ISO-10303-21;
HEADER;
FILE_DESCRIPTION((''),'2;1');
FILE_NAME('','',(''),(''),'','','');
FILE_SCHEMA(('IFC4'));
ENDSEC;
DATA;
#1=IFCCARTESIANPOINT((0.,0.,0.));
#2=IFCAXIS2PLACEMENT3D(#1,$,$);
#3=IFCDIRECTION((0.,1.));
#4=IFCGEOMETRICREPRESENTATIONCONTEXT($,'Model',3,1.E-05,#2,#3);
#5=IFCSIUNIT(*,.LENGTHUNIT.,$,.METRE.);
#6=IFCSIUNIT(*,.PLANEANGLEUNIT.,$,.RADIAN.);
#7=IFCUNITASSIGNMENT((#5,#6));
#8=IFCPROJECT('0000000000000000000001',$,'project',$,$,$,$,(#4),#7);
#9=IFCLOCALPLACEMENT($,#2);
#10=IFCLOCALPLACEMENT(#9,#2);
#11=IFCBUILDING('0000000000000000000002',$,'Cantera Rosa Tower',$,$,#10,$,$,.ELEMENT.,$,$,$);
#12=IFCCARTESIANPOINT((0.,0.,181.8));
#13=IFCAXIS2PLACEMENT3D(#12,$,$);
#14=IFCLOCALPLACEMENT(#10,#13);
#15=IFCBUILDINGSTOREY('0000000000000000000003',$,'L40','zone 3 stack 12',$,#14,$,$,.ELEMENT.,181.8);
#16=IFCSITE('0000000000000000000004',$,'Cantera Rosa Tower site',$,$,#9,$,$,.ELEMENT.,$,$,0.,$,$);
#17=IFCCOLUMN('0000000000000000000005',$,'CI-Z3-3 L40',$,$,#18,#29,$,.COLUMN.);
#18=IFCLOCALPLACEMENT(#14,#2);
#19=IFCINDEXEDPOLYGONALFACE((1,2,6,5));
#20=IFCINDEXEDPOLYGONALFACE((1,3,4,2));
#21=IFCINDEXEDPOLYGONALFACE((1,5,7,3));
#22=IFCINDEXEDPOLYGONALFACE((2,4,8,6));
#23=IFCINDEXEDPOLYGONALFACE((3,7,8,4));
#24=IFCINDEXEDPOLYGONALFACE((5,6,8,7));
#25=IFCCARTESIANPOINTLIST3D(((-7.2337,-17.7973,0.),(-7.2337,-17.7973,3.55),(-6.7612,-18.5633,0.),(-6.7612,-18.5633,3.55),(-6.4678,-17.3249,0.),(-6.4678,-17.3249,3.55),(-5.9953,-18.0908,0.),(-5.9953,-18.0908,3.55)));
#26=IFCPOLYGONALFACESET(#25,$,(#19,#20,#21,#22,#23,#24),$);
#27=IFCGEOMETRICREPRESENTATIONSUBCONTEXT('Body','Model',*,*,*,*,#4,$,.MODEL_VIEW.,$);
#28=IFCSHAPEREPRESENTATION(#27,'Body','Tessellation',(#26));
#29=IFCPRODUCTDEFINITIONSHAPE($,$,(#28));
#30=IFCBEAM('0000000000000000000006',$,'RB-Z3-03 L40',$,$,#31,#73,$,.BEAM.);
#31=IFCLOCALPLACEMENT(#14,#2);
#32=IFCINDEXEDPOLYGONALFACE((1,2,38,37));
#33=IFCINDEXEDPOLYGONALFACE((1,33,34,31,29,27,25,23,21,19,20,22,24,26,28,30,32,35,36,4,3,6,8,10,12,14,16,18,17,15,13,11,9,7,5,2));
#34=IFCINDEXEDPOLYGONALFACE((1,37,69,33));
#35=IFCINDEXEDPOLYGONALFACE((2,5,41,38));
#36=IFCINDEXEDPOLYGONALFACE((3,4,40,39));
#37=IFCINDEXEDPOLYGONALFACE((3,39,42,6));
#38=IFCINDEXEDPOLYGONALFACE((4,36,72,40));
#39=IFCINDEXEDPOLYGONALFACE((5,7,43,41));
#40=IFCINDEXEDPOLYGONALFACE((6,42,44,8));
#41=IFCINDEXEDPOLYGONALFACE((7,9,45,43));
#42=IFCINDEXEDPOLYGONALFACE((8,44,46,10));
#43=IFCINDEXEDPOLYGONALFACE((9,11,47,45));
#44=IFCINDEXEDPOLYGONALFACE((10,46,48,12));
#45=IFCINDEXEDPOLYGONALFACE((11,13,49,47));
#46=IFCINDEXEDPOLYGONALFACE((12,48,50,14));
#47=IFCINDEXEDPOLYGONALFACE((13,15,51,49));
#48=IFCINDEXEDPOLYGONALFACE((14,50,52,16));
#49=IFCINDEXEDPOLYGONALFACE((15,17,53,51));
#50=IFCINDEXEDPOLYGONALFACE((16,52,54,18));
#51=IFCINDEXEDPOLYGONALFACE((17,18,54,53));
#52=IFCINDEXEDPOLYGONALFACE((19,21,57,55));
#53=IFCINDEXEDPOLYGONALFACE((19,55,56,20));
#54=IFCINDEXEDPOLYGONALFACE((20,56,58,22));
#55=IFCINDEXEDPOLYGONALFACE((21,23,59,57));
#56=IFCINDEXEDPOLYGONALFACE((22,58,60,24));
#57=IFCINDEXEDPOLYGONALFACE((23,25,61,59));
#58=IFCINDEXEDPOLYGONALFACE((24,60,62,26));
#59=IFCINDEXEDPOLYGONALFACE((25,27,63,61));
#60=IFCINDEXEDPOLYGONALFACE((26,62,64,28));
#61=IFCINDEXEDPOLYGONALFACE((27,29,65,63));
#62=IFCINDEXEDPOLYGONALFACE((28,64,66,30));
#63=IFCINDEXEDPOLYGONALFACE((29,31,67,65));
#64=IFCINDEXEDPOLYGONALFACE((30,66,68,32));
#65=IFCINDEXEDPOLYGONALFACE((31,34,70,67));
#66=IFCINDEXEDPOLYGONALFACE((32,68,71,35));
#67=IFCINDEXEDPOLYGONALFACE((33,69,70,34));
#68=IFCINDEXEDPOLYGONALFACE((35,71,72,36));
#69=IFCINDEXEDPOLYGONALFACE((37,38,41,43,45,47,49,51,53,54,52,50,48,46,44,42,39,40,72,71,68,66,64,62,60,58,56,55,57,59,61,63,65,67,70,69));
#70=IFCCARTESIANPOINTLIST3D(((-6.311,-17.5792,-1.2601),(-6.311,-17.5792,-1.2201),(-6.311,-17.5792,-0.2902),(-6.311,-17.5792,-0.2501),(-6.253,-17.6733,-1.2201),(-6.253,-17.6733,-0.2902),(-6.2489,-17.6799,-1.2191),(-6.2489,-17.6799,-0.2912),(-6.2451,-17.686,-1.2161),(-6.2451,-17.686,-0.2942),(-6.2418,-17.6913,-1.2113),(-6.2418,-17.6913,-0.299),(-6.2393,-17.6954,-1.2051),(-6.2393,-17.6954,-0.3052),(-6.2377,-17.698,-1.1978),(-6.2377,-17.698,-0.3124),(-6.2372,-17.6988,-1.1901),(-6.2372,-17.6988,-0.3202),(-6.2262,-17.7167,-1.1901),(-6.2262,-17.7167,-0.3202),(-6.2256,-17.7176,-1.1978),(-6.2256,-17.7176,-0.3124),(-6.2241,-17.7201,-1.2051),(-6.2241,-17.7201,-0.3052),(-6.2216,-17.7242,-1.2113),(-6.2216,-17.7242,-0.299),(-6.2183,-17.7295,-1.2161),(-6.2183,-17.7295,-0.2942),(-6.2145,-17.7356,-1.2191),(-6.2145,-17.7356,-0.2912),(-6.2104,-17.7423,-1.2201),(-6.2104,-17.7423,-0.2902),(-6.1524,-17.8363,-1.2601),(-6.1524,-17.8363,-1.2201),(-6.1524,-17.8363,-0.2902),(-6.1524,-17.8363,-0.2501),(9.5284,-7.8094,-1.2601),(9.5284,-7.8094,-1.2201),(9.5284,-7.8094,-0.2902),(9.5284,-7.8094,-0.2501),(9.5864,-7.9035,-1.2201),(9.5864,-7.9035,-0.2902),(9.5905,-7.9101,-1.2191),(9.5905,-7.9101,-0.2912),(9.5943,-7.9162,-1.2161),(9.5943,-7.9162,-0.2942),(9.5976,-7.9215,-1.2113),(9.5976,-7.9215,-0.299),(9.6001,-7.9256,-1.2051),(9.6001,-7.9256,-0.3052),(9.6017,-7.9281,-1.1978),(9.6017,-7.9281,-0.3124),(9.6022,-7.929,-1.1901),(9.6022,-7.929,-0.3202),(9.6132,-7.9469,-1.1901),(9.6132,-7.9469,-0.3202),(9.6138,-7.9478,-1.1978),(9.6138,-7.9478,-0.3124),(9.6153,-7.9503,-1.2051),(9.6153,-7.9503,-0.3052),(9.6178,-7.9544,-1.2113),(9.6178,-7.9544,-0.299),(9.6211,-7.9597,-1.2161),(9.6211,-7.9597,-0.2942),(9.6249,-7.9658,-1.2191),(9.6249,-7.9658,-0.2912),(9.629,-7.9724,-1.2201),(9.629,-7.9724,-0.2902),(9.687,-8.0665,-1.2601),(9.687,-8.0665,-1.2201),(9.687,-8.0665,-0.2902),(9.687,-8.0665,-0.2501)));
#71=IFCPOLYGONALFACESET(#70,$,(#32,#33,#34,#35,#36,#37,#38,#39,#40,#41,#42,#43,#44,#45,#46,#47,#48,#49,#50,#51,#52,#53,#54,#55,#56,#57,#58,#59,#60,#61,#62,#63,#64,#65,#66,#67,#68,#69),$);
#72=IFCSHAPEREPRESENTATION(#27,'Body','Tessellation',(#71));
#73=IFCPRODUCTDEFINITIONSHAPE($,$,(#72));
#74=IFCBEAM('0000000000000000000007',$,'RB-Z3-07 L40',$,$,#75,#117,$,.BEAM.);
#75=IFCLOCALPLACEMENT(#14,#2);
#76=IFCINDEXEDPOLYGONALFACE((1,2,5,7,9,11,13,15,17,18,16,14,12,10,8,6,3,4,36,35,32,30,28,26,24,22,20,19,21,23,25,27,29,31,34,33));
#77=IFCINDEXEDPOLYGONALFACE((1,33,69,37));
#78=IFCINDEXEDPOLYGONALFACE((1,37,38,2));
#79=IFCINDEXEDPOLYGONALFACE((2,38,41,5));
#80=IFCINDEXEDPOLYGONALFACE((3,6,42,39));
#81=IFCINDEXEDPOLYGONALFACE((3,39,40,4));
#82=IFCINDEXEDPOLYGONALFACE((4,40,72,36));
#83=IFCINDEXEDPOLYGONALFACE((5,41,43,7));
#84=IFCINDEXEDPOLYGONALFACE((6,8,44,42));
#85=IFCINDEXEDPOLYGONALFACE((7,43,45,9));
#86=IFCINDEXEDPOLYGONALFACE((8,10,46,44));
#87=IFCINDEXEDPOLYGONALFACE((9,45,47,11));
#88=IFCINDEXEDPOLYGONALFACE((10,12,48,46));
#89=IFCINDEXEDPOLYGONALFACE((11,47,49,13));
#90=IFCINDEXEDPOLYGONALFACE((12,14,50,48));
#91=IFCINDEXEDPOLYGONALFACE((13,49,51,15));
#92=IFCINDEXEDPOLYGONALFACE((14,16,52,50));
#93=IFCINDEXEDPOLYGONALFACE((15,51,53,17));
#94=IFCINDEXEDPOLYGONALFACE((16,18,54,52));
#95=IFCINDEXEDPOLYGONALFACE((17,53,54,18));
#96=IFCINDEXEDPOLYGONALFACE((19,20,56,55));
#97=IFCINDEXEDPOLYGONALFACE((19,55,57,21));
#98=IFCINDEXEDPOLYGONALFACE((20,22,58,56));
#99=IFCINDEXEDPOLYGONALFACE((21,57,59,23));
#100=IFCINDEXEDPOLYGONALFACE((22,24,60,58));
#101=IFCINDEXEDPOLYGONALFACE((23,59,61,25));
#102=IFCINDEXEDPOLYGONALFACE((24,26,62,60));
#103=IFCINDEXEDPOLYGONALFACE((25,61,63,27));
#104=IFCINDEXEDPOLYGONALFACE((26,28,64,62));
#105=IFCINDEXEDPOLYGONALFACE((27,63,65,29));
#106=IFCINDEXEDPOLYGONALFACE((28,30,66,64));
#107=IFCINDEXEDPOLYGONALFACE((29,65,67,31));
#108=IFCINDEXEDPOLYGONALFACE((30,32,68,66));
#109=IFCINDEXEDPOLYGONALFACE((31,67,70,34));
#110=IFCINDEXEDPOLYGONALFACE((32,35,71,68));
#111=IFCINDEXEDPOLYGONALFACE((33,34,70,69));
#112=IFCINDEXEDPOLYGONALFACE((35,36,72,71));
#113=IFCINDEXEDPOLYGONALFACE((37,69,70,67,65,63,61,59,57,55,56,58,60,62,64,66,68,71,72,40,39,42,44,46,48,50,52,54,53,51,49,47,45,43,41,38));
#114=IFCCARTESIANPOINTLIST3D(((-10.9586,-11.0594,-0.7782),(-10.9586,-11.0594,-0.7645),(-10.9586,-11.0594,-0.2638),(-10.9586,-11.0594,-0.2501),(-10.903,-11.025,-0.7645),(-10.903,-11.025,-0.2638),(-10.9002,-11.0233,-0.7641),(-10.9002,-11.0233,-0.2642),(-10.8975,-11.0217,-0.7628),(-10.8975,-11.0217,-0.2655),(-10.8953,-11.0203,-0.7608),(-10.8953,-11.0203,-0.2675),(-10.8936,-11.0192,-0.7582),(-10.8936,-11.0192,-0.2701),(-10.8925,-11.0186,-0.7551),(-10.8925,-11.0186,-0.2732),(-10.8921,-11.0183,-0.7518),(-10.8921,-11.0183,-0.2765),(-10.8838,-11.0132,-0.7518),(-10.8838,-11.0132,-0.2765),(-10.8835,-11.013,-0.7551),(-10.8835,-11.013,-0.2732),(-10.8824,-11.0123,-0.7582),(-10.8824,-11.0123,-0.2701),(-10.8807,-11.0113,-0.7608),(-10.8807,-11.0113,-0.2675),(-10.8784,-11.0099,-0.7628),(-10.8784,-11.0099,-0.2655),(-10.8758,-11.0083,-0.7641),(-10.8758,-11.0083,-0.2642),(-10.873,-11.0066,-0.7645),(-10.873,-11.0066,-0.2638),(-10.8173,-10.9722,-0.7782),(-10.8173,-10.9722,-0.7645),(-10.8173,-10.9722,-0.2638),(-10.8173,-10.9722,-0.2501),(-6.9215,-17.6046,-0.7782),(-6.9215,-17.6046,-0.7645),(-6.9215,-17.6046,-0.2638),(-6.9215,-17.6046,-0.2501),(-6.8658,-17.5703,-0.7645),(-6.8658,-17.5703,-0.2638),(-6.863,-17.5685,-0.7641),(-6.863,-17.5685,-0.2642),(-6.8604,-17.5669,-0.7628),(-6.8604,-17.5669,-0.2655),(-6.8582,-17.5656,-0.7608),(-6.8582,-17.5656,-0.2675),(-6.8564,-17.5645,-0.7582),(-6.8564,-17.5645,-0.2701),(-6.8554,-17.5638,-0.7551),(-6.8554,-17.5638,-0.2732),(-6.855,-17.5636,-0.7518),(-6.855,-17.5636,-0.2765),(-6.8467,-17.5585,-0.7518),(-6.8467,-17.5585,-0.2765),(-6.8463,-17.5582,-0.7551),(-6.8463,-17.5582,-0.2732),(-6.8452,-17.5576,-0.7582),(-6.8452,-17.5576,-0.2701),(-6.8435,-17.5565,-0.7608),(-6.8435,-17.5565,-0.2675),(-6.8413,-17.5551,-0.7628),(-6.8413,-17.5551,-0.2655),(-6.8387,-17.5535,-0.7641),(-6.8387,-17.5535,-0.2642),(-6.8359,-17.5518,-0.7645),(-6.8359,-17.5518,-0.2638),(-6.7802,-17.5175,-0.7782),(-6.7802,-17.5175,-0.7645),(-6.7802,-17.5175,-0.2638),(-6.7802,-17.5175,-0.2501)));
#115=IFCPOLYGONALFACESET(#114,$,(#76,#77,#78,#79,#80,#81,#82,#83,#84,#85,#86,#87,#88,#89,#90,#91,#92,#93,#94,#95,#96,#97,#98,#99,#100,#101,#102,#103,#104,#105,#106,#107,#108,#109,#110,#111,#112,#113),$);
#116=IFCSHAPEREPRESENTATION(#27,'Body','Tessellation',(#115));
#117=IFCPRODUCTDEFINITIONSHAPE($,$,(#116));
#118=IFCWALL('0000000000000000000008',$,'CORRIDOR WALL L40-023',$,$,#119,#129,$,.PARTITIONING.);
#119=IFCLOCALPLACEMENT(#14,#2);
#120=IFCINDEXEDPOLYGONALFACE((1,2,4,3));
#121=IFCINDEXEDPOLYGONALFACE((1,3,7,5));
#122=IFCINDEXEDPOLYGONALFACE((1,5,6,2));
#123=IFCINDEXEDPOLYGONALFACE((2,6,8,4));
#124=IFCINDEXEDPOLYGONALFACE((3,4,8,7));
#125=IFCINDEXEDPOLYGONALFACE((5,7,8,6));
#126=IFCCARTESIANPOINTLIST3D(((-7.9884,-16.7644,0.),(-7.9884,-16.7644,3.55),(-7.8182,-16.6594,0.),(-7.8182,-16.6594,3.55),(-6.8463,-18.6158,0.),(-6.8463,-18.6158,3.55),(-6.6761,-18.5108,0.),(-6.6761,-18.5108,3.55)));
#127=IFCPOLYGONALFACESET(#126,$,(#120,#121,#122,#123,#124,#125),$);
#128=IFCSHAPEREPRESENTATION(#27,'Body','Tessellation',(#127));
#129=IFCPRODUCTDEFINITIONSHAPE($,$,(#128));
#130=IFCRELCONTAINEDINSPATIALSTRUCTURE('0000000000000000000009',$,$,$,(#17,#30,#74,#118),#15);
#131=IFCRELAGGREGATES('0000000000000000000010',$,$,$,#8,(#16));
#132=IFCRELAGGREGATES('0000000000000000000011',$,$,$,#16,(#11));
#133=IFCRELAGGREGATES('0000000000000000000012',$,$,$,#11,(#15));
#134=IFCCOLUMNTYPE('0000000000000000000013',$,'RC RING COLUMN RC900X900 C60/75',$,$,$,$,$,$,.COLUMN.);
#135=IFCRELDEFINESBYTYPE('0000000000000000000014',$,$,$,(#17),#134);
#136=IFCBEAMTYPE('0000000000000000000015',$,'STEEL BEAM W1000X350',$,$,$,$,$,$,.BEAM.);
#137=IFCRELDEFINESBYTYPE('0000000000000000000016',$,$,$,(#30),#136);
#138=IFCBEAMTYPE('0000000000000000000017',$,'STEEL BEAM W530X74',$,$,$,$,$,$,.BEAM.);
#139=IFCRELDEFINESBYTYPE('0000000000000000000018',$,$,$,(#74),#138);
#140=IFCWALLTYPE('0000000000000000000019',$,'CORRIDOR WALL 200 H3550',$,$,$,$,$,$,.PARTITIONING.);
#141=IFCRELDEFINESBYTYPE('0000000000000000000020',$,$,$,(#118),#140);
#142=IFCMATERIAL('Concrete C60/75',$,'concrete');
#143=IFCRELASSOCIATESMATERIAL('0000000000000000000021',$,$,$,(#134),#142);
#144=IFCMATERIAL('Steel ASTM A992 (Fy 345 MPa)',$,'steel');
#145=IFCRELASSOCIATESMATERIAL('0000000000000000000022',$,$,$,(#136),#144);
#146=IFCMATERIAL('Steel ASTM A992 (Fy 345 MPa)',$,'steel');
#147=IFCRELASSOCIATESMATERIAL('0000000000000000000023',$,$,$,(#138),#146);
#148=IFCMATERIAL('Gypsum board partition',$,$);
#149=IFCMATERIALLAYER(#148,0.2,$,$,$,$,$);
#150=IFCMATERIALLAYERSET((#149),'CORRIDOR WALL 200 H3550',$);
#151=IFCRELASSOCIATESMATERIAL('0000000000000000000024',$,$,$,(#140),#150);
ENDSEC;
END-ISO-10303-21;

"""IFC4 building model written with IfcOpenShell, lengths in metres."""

from ifc_helpers import new_model, si_unit, direction, frame, frame_2d, origin, origin_2d, place, context, subcontext, project, spatial, rectangle, i_section, extrude, material, layer, layer_set, material_profile, profile_set, type_object, element, save


model = new_model("IFC4")

# Units and contexts
model_context = context("Model", 3, precision=1e-05, world=origin(), true_north=direction((0.0, 1.0)))
body_context = subcontext(model_context, "Body", "Model", "MODEL_VIEW")
ifc_project = project(units=[si_unit("LENGTHUNIT", "METRE"), si_unit("PLANEANGLEUNIT", "RADIAN")], contexts=[model_context])

# Site, building, storey
site_placement = place(None, origin())
site = spatial("IfcSite", under=ifc_project, at=site_placement, Name="Cantera Rosa Tower site", CompositionType="ELEMENT", RefElevation=0.0)
building_placement = place(site_placement, origin())
building = spatial("IfcBuilding", under=site, at=building_placement, Name="Cantera Rosa Tower", CompositionType="ELEMENT")
storey_placement = place(building_placement, frame((0.0, 0.0, 181.8)))
storey = spatial("IfcBuildingStorey", under=building, at=storey_placement, Name="L40", Description="zone 3 stack 12", CompositionType="ELEMENT", Elevation=181.8)

# Column
ifc_material_1 = material(Name="Concrete C60/75", Category="concrete")
ifc_material_profile_1 = material_profile(ifc_material_1, rectangle(XDim=0.8999, YDim=0.8999, at=origin_2d()), Name="RC RING COLUMN RC900X900 C60/75")
ifc_profile_set_1 = profile_set([ifc_material_profile_1], Name="Concrete C60/75")
column_type = type_object("IfcColumnType", Name="RC RING COLUMN RC900X900 C60/75", PredefinedType="COLUMN", material=ifc_profile_set_1)
column_placement = place(storey_placement, frame((-6.6145, -17.9441, 0.0), z_axis=(0.0, 0.0, 1.0), x_axis=(0.851117, 0.524977, 0.0)))
element("IfcColumn", 1, at=column_placement, inside=storey, type_object=column_type, Name="CI-Z3-3 L40", PredefinedType="COLUMN", context=body_context, shape_type="SweptSolid", body=[
    extrude(rectangle(XDim=0.8999, YDim=0.8999, at=origin_2d()), origin(), (0.0, 0.0, 1.0), 3.55),
])

# Beams
ifc_material_2 = material(Name="Steel ASTM A992 (Fy 345 MPa)", Category="steel")
ifc_material_profile_2 = material_profile(ifc_material_2, i_section(OverallWidth=0.302, OverallDepth=1.01, WebThickness=0.021, FlangeThickness=0.04, FilletRadius=0.03, at=origin_2d()), Name="W1000X350")
ifc_profile_set_2 = profile_set([ifc_material_profile_2], Name="Steel ASTM A992 (Fy 345 MPa)")
beam_type_1 = type_object("IfcBeamType", Name="STEEL BEAM W1000X350", PredefinedType="BEAM", material=ifc_profile_set_2)
beam_1_placement = place(storey_placement, frame((-6.2317, -17.7078, -0.7551), z_axis=(0.851119, 0.524973, 0.0), x_axis=(-0.524973, 0.851119, 0.0)))
element("IfcBeam", 2, at=beam_1_placement, inside=storey, type_object=beam_type_1, Name="RB-Z3-03 L40", PredefinedType="BEAM", context=body_context, shape_type="SweptSolid", body=[
    extrude(i_section(OverallWidth=0.302, OverallDepth=1.01, WebThickness=0.021, FlangeThickness=0.04, FilletRadius=0.03, at=origin_2d()), origin(), (0.0, 0.0, 1.0), 18.6101),
])
ifc_material_3 = material(Name="Steel ASTM A992 (Fy 345 MPa)", Category="steel")
ifc_material_profile_3 = material_profile(ifc_material_3, i_section(OverallWidth=0.166, OverallDepth=0.5281, WebThickness=0.0098, FlangeThickness=0.0137, FilletRadius=0.0127, at=origin_2d()), Name="W530X74")
ifc_profile_set_3 = profile_set([ifc_material_profile_3], Name="Steel ASTM A992 (Fy 345 MPa)")
beam_type_2 = type_object("IfcBeamType", Name="STEEL BEAM W530X74", PredefinedType="BEAM", material=ifc_profile_set_3)
beam_2_placement = place(storey_placement, frame((-6.8508, -17.561, -0.5142), z_axis=(-0.524976, 0.851117, 0.0), x_axis=(-0.851117, -0.524976, 0.0)))
element("IfcBeam", 3, at=beam_2_placement, inside=storey, type_object=beam_type_2, Name="RB-Z3-07 L40", PredefinedType="BEAM", context=body_context, shape_type="SweptSolid", body=[
    extrude(i_section(OverallWidth=0.166, OverallDepth=0.5281, WebThickness=0.0098, FlangeThickness=0.0137, FilletRadius=0.0127, at=origin_2d()), origin(), (0.0, 0.0, 1.0), 7.6902),
])

# Wall
ifc_material_4 = material(Name="Gypsum board partition")
ifc_layer_1 = layer(ifc_material_4, 0.2)
ifc_layer_set_1 = layer_set([ifc_layer_1], Name="CORRIDOR WALL 200 H3550")
wall_type_1 = type_object("IfcWallType", Name="CORRIDOR WALL 200 H3550", PredefinedType="PARTITIONING", material=ifc_layer_set_1)
wall_1_placement = place(storey_placement, frame((-7.9033, -16.7119, 0.0), z_axis=(0.0, 0.0, 1.0), x_axis=(0.525036, -0.85108, 0.0)))
element("IfcWall", 4, at=wall_1_placement, inside=storey, type_object=wall_type_1, Name="CORRIDOR WALL L40-023", PredefinedType="PARTITIONING", context=body_context, shape_type="SweptSolid", body=[
    extrude(rectangle(XDim=2.1753, YDim=0.2, at=frame_2d((1.0876, 0.0))), origin(), (0.0, 0.0, 1.0), 3.55),
])

save(model, "model.ifc")
